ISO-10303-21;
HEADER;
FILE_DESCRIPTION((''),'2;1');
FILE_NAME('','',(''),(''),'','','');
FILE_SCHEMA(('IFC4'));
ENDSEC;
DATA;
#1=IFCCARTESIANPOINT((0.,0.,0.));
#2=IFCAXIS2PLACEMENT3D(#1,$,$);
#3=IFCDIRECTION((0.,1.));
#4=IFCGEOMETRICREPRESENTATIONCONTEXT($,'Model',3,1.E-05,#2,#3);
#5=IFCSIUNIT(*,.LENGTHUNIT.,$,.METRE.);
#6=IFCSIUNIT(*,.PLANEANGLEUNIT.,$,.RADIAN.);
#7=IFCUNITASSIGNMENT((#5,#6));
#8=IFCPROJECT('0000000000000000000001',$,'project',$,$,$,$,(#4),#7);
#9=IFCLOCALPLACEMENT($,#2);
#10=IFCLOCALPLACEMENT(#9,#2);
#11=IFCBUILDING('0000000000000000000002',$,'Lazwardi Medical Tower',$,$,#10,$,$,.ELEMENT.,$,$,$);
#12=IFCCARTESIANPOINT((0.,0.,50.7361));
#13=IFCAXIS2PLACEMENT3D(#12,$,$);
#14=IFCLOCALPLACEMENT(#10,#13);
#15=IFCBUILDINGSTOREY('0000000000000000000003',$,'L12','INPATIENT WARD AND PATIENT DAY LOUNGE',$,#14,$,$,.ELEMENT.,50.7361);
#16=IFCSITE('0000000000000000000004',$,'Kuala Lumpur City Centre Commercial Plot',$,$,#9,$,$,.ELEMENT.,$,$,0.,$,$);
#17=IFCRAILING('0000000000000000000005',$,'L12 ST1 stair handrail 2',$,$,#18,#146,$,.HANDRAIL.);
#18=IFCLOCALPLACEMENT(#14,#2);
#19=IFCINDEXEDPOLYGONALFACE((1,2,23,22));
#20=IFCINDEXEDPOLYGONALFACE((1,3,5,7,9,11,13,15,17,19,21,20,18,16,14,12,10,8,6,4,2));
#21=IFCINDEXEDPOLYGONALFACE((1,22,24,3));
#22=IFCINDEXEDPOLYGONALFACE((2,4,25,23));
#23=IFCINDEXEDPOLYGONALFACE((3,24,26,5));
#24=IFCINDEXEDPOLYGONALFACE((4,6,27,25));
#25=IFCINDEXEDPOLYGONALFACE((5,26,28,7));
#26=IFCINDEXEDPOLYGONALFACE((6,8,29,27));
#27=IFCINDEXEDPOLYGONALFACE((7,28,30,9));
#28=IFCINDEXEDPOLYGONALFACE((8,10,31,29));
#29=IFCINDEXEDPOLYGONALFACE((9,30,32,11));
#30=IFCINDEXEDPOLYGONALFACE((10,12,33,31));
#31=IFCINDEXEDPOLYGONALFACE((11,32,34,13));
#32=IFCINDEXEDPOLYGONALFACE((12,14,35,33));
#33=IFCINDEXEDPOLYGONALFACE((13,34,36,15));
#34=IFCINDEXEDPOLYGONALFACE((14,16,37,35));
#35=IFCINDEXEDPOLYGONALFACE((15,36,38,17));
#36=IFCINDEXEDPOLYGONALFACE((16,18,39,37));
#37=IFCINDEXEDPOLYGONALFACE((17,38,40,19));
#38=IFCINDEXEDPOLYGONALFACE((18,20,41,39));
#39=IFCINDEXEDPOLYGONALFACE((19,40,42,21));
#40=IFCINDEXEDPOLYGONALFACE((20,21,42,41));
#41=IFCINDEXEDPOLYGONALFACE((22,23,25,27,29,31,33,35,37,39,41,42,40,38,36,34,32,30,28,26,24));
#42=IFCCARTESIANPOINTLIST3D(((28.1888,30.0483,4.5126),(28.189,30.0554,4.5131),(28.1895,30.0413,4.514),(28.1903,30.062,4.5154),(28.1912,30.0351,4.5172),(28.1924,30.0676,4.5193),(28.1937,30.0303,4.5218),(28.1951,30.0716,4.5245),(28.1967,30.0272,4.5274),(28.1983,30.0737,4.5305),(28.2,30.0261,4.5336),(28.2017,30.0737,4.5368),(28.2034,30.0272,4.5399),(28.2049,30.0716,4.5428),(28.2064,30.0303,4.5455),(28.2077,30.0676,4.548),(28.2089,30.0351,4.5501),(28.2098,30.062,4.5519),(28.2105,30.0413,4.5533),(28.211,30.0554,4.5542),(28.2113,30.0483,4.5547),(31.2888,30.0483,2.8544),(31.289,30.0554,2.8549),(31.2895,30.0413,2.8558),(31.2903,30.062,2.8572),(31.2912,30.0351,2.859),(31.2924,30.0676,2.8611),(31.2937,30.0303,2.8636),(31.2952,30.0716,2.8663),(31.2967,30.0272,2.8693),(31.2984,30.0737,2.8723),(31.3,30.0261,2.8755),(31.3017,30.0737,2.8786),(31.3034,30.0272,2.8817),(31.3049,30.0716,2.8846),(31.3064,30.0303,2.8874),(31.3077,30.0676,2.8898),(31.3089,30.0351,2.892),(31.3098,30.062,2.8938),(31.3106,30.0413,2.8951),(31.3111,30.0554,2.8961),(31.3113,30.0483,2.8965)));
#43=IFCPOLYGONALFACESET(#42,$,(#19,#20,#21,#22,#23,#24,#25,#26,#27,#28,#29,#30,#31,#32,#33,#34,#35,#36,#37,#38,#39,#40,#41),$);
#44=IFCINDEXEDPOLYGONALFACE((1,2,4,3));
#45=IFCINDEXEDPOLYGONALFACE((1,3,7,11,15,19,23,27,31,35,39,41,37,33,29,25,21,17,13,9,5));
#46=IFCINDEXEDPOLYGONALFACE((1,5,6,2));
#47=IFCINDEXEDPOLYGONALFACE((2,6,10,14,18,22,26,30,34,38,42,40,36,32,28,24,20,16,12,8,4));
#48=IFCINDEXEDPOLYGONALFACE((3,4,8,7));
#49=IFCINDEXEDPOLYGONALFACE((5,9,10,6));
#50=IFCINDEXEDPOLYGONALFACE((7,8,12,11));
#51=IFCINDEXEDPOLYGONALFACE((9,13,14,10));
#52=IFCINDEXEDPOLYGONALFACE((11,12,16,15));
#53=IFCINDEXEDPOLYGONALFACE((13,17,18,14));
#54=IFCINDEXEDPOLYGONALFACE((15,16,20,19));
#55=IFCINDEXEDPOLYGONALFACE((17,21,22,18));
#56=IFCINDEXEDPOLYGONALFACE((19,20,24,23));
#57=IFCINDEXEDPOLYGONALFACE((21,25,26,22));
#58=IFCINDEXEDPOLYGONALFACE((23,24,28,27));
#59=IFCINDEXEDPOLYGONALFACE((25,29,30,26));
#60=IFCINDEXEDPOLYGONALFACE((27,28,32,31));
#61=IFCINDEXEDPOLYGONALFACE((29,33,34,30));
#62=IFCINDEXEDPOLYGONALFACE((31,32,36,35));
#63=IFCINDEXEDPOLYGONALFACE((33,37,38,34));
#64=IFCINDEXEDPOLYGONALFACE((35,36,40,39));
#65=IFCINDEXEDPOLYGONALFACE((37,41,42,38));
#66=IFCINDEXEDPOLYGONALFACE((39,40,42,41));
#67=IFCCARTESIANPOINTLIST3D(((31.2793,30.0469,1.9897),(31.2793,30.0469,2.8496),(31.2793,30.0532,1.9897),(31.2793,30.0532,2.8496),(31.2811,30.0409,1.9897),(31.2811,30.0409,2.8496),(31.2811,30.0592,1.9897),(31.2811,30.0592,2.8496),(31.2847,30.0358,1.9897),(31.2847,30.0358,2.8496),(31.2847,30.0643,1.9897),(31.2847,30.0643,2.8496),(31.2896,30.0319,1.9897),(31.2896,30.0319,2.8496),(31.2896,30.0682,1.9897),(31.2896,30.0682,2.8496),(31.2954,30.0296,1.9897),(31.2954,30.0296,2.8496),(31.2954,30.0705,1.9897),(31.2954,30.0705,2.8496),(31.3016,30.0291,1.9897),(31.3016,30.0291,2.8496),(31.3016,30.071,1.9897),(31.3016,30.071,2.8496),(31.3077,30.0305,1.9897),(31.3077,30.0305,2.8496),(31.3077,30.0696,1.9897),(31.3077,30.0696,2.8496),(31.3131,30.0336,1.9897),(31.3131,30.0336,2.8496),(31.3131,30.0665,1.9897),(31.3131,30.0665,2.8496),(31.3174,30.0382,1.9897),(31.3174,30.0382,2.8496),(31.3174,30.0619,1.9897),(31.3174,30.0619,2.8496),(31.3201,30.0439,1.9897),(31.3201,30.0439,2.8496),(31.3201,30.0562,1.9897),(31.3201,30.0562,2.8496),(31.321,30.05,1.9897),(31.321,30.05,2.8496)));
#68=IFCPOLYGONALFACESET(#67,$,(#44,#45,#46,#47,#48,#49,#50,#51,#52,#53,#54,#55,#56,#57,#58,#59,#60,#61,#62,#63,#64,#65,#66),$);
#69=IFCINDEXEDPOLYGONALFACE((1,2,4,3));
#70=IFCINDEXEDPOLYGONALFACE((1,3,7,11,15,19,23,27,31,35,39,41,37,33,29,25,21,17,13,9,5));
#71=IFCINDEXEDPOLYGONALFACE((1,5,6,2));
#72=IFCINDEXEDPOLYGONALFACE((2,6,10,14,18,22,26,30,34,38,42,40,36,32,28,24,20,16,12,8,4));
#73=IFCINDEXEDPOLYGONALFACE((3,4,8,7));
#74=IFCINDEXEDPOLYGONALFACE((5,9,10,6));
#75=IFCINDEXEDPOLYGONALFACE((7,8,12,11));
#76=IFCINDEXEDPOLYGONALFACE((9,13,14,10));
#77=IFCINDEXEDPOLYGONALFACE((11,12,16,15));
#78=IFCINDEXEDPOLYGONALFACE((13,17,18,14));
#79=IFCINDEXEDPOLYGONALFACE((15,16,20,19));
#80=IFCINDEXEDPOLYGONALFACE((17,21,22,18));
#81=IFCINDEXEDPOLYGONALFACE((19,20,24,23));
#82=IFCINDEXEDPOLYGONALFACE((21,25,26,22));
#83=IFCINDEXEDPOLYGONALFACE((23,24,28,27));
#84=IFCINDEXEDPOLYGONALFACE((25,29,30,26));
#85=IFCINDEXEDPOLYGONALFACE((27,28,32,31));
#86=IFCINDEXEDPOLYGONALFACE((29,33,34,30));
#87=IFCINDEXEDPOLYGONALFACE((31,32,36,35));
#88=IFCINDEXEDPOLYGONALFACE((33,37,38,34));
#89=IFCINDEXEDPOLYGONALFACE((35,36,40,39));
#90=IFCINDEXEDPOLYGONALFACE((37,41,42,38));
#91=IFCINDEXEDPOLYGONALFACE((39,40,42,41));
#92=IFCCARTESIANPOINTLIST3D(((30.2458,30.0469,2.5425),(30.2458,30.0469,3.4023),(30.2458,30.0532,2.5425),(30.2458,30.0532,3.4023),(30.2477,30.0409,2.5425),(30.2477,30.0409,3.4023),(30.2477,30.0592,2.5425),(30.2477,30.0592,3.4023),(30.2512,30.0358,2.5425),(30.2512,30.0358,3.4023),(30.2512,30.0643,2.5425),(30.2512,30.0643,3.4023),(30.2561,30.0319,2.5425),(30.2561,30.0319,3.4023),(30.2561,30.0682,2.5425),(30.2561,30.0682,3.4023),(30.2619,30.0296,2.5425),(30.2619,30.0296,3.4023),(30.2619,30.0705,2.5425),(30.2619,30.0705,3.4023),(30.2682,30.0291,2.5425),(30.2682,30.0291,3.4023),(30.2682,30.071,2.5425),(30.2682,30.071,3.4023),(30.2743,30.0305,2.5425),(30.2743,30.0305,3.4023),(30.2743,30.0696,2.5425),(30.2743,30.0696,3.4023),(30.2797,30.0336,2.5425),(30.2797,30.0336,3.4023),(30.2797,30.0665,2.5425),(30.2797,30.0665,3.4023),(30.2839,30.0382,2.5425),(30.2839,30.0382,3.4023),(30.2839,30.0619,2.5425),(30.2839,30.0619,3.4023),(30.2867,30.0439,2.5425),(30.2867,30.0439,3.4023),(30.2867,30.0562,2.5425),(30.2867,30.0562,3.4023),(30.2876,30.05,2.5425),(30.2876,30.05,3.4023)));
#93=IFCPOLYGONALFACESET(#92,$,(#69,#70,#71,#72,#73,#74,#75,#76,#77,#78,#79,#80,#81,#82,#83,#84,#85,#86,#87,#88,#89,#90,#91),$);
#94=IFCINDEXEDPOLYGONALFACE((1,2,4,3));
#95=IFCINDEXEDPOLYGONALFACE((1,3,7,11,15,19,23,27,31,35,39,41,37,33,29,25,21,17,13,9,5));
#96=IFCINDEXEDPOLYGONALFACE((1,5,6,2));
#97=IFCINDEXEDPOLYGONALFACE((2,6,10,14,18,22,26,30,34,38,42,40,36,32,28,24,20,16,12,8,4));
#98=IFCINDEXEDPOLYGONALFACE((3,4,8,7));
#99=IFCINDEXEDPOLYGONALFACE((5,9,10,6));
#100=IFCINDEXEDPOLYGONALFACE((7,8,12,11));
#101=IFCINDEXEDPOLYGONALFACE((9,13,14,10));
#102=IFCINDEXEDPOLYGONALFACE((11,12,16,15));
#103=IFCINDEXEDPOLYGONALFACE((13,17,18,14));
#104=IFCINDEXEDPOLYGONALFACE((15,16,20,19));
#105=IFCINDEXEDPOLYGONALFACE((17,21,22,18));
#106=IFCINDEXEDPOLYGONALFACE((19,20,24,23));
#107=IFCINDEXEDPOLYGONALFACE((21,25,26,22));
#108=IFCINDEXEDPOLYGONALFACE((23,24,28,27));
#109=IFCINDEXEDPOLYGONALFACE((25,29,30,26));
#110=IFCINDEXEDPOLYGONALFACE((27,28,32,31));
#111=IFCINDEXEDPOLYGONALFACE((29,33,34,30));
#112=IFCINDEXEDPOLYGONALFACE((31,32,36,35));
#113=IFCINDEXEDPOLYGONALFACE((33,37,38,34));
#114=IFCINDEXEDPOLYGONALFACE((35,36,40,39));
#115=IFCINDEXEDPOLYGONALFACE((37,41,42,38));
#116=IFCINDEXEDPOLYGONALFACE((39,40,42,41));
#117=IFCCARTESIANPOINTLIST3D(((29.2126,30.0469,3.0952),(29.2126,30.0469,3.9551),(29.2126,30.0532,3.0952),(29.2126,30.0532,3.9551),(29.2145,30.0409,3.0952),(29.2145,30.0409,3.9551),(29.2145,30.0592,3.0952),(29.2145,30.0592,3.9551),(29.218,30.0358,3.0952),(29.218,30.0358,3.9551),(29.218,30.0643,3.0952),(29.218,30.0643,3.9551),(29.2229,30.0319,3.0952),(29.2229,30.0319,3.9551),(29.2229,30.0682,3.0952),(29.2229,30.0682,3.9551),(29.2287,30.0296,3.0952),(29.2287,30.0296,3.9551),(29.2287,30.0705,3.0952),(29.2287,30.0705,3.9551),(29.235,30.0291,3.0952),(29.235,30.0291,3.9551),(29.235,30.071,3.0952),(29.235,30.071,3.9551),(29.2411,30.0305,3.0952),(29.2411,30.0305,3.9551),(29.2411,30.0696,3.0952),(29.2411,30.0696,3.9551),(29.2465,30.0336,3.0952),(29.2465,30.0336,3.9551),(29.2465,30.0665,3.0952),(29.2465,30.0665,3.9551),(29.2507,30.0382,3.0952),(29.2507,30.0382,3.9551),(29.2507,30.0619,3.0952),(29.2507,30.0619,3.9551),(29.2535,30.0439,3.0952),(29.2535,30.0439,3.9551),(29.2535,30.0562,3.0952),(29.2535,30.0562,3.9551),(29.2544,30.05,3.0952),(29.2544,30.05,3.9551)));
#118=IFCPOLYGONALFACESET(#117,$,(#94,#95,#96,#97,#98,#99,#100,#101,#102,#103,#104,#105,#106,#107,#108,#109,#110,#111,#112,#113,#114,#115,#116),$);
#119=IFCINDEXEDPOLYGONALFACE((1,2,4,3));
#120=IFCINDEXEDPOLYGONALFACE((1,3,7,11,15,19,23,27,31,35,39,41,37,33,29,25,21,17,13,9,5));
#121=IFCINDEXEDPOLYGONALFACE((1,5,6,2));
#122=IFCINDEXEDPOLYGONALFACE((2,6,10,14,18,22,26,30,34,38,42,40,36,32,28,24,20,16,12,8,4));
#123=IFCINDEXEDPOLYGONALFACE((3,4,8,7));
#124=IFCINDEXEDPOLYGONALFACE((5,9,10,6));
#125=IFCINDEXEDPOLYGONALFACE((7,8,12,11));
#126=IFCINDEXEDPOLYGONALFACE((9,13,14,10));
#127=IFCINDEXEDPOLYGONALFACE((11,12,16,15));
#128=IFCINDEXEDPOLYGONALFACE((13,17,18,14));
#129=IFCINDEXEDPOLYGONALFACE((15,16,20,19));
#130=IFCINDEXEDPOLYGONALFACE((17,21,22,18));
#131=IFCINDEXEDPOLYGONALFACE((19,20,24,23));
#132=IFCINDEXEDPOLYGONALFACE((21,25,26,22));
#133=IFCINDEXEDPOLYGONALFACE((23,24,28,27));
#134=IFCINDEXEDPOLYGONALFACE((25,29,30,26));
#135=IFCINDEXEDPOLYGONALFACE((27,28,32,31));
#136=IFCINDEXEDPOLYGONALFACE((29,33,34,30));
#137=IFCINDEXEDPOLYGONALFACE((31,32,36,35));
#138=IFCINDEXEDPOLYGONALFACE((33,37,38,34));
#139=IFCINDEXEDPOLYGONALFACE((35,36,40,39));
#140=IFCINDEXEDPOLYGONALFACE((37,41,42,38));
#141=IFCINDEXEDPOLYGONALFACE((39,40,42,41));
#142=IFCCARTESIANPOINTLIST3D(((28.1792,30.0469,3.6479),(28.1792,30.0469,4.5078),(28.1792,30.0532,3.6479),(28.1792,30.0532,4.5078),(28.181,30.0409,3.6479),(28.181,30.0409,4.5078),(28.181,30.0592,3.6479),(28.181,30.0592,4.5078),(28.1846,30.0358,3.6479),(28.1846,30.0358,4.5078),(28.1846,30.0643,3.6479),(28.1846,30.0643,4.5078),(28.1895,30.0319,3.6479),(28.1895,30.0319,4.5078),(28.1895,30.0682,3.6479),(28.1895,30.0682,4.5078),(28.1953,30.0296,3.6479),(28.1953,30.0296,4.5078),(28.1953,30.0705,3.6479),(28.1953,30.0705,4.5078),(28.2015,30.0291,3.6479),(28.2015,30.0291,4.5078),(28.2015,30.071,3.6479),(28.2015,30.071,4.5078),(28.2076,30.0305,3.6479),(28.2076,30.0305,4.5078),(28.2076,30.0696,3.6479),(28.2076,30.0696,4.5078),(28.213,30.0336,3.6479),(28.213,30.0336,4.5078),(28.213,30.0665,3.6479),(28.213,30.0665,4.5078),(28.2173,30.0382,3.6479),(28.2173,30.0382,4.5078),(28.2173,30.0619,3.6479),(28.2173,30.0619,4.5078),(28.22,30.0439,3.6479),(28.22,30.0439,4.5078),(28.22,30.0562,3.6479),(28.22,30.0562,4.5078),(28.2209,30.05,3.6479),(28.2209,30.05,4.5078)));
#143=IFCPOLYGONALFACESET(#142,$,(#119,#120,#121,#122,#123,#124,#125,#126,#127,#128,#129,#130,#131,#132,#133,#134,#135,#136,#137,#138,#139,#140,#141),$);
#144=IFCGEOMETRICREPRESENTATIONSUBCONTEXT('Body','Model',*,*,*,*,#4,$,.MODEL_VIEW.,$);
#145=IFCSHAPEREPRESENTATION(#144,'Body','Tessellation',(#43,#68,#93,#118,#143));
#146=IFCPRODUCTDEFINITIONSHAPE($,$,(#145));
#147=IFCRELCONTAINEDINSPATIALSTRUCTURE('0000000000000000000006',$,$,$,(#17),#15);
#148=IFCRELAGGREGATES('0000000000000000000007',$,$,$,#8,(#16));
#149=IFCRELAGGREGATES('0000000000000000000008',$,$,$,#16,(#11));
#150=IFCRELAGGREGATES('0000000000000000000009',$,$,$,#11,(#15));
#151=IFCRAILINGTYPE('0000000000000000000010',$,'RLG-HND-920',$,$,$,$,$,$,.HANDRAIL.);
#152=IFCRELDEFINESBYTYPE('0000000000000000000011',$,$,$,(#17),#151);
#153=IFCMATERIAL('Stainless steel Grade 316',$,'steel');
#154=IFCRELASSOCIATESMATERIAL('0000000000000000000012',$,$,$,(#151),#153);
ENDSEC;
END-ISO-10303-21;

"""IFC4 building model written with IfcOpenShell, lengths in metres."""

from ifc_helpers import new_model, si_unit, direction, frame, origin, origin_2d, place, context, subcontext, project, spatial, circle, extrude, material, type_object, element, save


model = new_model("IFC4")

# Units and contexts
model_context = context("Model", 3, precision=1e-05, world=origin(), true_north=direction((0.0, 1.0)))
body_context = subcontext(model_context, "Body", "Model", "MODEL_VIEW")
ifc_project = project(units=[si_unit("LENGTHUNIT", "METRE"), si_unit("PLANEANGLEUNIT", "RADIAN")], contexts=[model_context])

# Site, building, storey
site_placement = place(None, origin())
site = spatial("IfcSite", under=ifc_project, at=site_placement, Name="Kuala Lumpur City Centre Commercial Plot", CompositionType="ELEMENT", RefElevation=0.0)
building_placement = place(site_placement, origin())
building = spatial("IfcBuilding", under=site, at=building_placement, Name="Lazwardi Medical Tower", CompositionType="ELEMENT")
storey_placement = place(building_placement, frame((0.0, 0.0, 50.7361)))
storey = spatial("IfcBuildingStorey", under=building, at=storey_placement, Name="L12", Description="INPATIENT WARD AND PATIENT DAY LOUNGE", CompositionType="ELEMENT", Elevation=50.7361)

# Railing
ifc_material_1 = material(Name="Stainless steel Grade 316", Category="steel")
railing_type_1 = type_object("IfcRailingType", Name="RLG-HND-920", PredefinedType="HANDRAIL", material=ifc_material_1)
railing_1_placement = place(storey_placement, frame((31.3, 30.05, 1.9897)))
element("IfcRailing", 1, at=railing_1_placement, inside=storey, type_object=railing_type_1, Name="L12 ST1 stair handrail 2", PredefinedType="HANDRAIL", context=body_context, shape_type="SweptSolid", body=[
    extrude(circle(Radius=0.0239, at=origin_2d()), frame((0.0, 0.0, 0.8857), z_axis=(-0.881783, 0.0, 0.471655), x_axis=(0.0, -1.0, 0.0)), (0.0, 0.0, 1.0), 3.5156),
    extrude(circle(Radius=0.021, at=origin_2d()), origin(), (0.0, 0.0, 1.0), 0.8599),
    extrude(circle(Radius=0.021, at=origin_2d()), frame((-1.0334, 0.0, 0.5527)), (0.0, 0.0, 1.0), 0.8599),
    extrude(circle(Radius=0.021, at=origin_2d()), frame((-2.0667, 0.0, 1.1055)), (0.0, 0.0, 1.0), 0.8599),
    extrude(circle(Radius=0.021, at=origin_2d()), frame((-3.1001, 0.0, 1.6582)), (0.0, 0.0, 1.0), 0.8599),
])

save(model, "model.ifc")
